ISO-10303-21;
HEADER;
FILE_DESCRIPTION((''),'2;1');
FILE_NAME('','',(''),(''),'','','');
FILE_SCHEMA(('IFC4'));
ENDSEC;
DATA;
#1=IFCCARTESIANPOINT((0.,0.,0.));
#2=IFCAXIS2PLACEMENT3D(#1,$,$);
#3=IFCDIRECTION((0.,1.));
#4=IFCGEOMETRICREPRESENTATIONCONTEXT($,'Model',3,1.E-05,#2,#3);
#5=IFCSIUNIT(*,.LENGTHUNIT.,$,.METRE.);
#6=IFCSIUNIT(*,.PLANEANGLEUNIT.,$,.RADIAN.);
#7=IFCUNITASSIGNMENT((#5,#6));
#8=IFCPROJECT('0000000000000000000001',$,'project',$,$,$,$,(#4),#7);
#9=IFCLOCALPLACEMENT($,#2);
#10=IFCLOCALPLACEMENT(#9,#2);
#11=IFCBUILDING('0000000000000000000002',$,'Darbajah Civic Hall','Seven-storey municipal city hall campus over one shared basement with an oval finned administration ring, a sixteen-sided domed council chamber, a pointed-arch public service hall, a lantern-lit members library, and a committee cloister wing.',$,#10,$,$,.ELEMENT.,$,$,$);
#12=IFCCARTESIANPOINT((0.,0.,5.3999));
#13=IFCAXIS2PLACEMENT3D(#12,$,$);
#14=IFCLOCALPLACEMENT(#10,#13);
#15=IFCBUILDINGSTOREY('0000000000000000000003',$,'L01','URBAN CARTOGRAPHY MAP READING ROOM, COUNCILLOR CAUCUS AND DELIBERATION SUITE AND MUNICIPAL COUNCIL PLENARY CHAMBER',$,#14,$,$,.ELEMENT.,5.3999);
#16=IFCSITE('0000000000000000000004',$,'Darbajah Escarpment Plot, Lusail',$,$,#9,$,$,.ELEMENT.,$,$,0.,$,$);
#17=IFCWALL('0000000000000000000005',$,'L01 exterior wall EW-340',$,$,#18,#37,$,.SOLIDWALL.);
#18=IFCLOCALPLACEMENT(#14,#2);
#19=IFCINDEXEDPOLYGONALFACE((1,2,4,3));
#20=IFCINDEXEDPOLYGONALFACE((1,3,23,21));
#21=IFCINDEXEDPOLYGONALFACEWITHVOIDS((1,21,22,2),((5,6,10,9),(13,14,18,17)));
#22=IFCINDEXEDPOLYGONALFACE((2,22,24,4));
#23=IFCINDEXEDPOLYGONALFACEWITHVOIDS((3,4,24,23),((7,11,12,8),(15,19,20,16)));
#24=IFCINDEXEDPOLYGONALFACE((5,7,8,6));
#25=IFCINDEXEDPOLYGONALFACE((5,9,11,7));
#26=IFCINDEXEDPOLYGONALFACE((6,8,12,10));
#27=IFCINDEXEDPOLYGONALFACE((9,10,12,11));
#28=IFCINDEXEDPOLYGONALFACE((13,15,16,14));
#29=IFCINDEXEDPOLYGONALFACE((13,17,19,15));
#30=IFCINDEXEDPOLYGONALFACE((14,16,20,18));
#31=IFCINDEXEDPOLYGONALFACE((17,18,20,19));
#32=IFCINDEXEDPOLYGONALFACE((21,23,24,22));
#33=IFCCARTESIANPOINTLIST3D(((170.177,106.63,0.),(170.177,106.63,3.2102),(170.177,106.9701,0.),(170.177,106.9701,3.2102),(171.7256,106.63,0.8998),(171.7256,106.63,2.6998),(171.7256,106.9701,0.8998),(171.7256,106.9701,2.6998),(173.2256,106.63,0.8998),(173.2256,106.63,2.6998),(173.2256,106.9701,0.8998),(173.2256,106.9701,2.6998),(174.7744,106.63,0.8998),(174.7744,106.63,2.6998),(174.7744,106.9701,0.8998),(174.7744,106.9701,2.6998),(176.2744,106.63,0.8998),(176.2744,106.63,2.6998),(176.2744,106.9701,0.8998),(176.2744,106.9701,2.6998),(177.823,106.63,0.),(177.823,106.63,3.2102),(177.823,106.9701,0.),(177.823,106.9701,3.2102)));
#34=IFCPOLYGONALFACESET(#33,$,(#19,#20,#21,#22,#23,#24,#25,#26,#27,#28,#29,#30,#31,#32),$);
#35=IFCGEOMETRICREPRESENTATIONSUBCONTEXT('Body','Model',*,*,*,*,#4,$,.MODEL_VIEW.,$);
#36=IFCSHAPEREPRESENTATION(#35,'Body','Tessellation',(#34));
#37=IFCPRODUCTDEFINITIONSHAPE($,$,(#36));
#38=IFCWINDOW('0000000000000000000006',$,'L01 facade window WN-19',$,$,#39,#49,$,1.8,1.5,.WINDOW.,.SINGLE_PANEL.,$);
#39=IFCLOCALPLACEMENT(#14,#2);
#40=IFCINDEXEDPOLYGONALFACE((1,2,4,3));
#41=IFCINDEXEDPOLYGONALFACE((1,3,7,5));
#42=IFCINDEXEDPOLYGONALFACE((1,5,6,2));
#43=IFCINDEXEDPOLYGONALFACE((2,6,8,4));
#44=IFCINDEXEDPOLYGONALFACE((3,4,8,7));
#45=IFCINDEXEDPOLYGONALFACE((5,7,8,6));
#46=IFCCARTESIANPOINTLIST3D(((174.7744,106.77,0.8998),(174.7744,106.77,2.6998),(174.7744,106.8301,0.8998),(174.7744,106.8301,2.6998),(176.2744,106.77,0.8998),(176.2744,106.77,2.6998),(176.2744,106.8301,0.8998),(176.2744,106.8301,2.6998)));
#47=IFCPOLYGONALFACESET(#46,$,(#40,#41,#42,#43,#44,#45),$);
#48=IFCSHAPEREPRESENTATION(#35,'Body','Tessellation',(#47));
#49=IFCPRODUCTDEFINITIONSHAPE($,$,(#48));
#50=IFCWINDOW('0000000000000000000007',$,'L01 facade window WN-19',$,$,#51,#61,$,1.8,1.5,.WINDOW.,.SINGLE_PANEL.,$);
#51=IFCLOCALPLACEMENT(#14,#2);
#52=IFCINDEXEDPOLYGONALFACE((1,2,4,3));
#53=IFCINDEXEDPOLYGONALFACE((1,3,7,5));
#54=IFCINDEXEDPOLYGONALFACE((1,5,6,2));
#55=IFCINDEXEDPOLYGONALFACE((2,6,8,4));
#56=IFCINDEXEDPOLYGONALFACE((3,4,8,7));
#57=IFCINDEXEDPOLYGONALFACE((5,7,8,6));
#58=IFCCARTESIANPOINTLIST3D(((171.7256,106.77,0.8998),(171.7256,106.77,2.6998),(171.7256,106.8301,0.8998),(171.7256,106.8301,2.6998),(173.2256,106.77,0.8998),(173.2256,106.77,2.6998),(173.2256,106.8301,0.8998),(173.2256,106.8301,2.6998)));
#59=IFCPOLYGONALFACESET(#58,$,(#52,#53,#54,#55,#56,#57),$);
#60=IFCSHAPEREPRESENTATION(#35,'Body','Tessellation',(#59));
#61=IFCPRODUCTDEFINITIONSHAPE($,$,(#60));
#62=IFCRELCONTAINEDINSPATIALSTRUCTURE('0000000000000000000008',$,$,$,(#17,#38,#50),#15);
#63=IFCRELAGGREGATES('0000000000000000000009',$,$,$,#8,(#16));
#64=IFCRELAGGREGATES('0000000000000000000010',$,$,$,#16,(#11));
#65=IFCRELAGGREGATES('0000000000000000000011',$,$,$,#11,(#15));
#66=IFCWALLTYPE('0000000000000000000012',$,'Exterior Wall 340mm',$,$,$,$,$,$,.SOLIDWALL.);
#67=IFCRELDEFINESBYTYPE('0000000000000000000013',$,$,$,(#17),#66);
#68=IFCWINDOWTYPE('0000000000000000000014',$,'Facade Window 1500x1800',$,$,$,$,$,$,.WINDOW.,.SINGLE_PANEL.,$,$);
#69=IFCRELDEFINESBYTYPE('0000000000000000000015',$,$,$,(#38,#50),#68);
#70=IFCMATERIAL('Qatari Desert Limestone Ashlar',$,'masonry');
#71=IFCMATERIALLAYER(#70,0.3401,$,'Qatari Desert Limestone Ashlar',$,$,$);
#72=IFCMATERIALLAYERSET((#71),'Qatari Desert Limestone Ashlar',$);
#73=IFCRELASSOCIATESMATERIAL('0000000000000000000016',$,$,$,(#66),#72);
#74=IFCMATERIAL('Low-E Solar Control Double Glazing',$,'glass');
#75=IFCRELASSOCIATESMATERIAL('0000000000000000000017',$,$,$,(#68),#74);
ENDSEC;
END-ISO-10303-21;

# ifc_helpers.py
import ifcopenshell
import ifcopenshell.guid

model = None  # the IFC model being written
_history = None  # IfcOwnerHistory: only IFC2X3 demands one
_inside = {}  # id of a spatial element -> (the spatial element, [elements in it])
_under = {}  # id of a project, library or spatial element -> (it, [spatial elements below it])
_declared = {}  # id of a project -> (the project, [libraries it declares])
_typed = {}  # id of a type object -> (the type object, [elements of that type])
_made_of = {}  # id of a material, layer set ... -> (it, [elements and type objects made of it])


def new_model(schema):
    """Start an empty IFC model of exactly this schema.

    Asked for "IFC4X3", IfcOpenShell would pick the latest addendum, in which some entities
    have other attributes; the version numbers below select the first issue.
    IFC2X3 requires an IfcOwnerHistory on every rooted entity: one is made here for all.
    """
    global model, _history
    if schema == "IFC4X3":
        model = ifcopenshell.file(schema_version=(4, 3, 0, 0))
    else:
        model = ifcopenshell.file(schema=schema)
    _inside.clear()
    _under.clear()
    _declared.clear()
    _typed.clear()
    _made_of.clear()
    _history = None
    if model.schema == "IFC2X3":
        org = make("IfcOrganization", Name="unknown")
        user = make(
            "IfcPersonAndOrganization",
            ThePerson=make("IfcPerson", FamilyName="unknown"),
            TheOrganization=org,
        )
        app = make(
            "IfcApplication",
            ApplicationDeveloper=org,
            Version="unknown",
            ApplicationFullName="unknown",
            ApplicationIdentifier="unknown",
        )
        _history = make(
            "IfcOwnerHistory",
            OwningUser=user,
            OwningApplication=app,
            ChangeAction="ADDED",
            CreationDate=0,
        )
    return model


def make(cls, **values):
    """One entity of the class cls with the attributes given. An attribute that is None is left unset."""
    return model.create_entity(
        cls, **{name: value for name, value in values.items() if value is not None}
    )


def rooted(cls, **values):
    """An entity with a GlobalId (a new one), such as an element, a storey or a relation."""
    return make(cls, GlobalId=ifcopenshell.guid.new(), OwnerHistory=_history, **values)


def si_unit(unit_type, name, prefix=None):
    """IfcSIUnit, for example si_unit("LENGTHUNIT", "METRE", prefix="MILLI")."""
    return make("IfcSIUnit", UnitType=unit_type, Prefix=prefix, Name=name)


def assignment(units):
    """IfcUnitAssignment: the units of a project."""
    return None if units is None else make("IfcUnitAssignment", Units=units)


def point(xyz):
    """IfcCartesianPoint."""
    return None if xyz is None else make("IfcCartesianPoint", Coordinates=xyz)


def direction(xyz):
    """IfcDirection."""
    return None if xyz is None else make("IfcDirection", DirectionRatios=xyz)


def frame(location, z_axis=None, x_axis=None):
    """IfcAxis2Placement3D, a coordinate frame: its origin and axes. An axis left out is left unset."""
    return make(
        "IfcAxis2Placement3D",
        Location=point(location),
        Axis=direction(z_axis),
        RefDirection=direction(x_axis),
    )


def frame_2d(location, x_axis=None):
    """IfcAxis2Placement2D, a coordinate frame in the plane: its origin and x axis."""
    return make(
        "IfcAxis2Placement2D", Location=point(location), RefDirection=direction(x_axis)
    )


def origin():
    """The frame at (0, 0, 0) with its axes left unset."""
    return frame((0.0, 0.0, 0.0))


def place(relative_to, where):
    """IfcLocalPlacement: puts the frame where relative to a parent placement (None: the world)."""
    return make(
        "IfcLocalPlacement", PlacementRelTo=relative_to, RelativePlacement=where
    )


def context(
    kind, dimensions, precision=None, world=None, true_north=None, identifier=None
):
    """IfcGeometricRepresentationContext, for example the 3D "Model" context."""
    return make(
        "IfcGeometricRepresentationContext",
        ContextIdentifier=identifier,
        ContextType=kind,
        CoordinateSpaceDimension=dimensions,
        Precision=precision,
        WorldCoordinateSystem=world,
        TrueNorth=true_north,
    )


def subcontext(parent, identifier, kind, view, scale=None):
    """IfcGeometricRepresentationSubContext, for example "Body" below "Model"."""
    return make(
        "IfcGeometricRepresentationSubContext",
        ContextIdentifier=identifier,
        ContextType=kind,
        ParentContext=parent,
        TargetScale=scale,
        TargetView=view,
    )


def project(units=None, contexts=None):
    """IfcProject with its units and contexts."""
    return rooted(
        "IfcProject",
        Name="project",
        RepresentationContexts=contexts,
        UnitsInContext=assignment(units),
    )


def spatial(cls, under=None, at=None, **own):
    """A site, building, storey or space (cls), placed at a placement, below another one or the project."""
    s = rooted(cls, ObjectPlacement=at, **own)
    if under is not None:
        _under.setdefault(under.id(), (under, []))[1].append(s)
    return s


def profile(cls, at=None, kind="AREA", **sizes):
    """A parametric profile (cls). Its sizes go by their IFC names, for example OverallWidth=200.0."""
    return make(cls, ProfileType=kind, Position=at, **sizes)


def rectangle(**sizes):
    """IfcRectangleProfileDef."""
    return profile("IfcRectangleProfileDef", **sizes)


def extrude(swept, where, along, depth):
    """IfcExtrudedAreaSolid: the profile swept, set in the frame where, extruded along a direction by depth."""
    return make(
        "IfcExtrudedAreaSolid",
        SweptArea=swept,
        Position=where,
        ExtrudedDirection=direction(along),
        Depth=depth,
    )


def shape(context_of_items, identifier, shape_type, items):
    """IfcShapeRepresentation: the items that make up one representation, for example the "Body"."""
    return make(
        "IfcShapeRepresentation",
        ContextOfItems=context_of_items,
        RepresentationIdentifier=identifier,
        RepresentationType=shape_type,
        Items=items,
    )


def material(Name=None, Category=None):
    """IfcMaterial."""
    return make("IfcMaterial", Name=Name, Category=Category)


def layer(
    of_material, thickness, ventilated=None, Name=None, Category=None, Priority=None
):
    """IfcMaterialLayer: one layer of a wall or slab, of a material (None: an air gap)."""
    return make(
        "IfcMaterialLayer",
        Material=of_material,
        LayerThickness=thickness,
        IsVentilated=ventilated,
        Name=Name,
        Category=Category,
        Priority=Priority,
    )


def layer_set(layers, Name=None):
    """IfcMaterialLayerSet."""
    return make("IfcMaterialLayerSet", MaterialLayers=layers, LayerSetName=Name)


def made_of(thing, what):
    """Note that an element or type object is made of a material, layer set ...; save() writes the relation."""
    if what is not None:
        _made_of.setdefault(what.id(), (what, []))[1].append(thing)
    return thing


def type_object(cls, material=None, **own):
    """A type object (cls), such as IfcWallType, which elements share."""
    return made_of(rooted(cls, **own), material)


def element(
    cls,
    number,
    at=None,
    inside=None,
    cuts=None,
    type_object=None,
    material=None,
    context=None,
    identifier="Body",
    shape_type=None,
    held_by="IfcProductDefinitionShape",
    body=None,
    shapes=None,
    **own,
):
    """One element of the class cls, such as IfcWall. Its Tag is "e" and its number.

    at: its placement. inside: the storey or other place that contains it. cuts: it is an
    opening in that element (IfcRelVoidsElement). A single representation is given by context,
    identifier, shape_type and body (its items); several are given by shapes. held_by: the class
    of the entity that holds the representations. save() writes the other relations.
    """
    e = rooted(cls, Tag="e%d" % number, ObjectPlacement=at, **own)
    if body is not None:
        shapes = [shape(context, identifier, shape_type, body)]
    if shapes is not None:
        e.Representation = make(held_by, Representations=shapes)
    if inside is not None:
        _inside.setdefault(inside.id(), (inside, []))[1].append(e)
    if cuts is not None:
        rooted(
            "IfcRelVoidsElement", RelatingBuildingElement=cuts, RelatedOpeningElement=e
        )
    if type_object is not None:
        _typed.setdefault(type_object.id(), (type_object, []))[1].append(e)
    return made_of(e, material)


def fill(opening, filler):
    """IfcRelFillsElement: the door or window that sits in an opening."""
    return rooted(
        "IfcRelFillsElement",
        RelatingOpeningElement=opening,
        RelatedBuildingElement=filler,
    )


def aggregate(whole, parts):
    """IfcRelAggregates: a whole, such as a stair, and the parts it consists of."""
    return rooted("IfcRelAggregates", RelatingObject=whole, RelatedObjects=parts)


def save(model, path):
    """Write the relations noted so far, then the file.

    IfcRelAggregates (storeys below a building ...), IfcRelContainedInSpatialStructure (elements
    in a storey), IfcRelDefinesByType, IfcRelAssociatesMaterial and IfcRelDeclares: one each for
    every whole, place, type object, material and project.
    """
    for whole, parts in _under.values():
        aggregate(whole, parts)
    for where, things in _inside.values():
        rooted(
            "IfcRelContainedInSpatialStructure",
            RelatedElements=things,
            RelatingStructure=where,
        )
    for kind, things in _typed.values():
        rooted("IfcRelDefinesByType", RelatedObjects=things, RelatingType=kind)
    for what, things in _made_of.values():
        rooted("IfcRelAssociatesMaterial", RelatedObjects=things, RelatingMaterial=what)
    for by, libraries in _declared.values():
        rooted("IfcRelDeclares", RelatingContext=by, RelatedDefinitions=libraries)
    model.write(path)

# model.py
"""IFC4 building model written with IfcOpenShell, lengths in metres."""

from ifc_helpers import new_model, si_unit, direction, frame, frame_2d, origin, place, context, subcontext, project, spatial, rectangle, extrude, material, layer, layer_set, type_object, element, fill, save


model = new_model("IFC4")

# Units and contexts
model_context = context("Model", 3, precision=1e-05, world=origin(), true_north=direction((0.0, 1.0)))
body_context = subcontext(model_context, "Body", "Model", "MODEL_VIEW")
ifc_project = project(units=[si_unit("LENGTHUNIT", "METRE"), si_unit("PLANEANGLEUNIT", "RADIAN")], contexts=[model_context])

# Site, building, storey
site_placement = place(None, origin())
site = spatial("IfcSite", under=ifc_project, at=site_placement, Name="Darbajah Escarpment Plot, Lusail", CompositionType="ELEMENT", RefElevation=0.0)
building_placement = place(site_placement, origin())
building = spatial("IfcBuilding", under=site, at=building_placement, Name="Darbajah Civic Hall", Description="Seven-storey municipal city hall campus over one shared basement with an oval finned administration ring, a sixteen-sided domed council chamber, a pointed-arch public service hall, a lantern-lit members library, and a committee cloister wing.", CompositionType="ELEMENT")
storey_placement = place(building_placement, frame((0.0, 0.0, 5.3999)))
storey = spatial("IfcBuildingStorey", under=building, at=storey_placement, Name="L01", Description="URBAN CARTOGRAPHY MAP READING ROOM, COUNCILLOR CAUCUS AND DELIBERATION SUITE AND MUNICIPAL COUNCIL PLENARY CHAMBER", CompositionType="ELEMENT", Elevation=5.3999)

# Shared definitions
ifc_material_1 = material(Name="Low-E Solar Control Double Glazing", Category="glass")

# Wall, openings, windows
ifc_material_2 = material(Name="Qatari Desert Limestone Ashlar", Category="masonry")
ifc_layer_1 = layer(ifc_material_2, 0.3401, Name="Qatari Desert Limestone Ashlar")
ifc_layer_set_1 = layer_set([ifc_layer_1], Name="Qatari Desert Limestone Ashlar")
wall_type = type_object("IfcWallType", Name="Exterior Wall 340mm", PredefinedType="SOLIDWALL", material=ifc_layer_set_1)
wall_placement = place(storey_placement, frame((177.823, 106.8, 0.0), z_axis=(0.0, 0.0, 1.0), x_axis=(-1.0, 0.0, 0.0)))
wall = element("IfcWall", 1, at=wall_placement, inside=storey, type_object=wall_type, Name="L01 exterior wall EW-340", PredefinedType="SOLIDWALL", context=body_context, shape_type="SweptSolid", body=[
    extrude(rectangle(XDim=7.646, YDim=0.3401, at=frame_2d((3.823, 0.0))), origin(), (0.0, 0.0, 1.0), 3.2102),
])
opening_1_placement = place(wall_placement, frame((1.5486, 0.0, 0.8999)))
opening_1 = element("IfcOpeningElement", 2, at=opening_1_placement, cuts=wall, PredefinedType="OPENING", context=body_context, shape_type="SweptSolid", body=[
    extrude(rectangle(XDim=1.5, YDim=1.8, at=frame_2d((0.75, 0.8999))), frame((0.0, 0.1799, 0.0), z_axis=(0.0, -1.0, 0.0), x_axis=(1.0, 0.0, 0.0)), (0.0, 0.0, 1.0), 0.3601),
])
opening_2_placement = place(wall_placement, frame((4.5974, 0.0, 0.8999)))
opening_2 = element("IfcOpeningElement", 3, at=opening_2_placement, cuts=wall, PredefinedType="OPENING", context=body_context, shape_type="SweptSolid", body=[
    extrude(rectangle(XDim=1.5, YDim=1.8, at=frame_2d((0.75, 0.8999))), frame((0.0, 0.1799, 0.0), z_axis=(0.0, -1.0, 0.0), x_axis=(1.0, 0.0, 0.0)), (0.0, 0.0, 1.0), 0.3601),
])
window_type = type_object("IfcWindowType", Name="Facade Window 1500x1800", PartitioningType="SINGLE_PANEL", PredefinedType="WINDOW", material=ifc_material_1)
window_1_placement = place(opening_1_placement, origin())
window_1 = element("IfcWindow", 4, at=window_1_placement, inside=storey, type_object=window_type, Name="L01 facade window WN-19", OverallHeight=1.8, OverallWidth=1.5, PartitioningType="SINGLE_PANEL", PredefinedType="WINDOW", context=body_context, shape_type="SweptSolid", body=[
    extrude(rectangle(XDim=1.5, YDim=1.8, at=frame_2d((0.75, 0.8999))), frame((0.0, 0.03, 0.0), z_axis=(0.0, -1.0, 0.0), x_axis=(1.0, 0.0, 0.0)), (0.0, 0.0, 1.0), 0.0601),
])
fill(opening_1, window_1)
window_2_placement = place(opening_2_placement, origin())
window_2 = element("IfcWindow", 5, at=window_2_placement, inside=storey, type_object=window_type, Name="L01 facade window WN-19", OverallHeight=1.8, OverallWidth=1.5, PartitioningType="SINGLE_PANEL", PredefinedType="WINDOW", context=body_context, shape_type="SweptSolid", body=[
    extrude(rectangle(XDim=1.5, YDim=1.8, at=frame_2d((0.75, 0.8999))), frame((0.0, 0.03, 0.0), z_axis=(0.0, -1.0, 0.0), x_axis=(1.0, 0.0, 0.0)), (0.0, 0.0, 1.0), 0.0601),
])
fill(opening_2, window_2)

save(model, "model.ifc")
